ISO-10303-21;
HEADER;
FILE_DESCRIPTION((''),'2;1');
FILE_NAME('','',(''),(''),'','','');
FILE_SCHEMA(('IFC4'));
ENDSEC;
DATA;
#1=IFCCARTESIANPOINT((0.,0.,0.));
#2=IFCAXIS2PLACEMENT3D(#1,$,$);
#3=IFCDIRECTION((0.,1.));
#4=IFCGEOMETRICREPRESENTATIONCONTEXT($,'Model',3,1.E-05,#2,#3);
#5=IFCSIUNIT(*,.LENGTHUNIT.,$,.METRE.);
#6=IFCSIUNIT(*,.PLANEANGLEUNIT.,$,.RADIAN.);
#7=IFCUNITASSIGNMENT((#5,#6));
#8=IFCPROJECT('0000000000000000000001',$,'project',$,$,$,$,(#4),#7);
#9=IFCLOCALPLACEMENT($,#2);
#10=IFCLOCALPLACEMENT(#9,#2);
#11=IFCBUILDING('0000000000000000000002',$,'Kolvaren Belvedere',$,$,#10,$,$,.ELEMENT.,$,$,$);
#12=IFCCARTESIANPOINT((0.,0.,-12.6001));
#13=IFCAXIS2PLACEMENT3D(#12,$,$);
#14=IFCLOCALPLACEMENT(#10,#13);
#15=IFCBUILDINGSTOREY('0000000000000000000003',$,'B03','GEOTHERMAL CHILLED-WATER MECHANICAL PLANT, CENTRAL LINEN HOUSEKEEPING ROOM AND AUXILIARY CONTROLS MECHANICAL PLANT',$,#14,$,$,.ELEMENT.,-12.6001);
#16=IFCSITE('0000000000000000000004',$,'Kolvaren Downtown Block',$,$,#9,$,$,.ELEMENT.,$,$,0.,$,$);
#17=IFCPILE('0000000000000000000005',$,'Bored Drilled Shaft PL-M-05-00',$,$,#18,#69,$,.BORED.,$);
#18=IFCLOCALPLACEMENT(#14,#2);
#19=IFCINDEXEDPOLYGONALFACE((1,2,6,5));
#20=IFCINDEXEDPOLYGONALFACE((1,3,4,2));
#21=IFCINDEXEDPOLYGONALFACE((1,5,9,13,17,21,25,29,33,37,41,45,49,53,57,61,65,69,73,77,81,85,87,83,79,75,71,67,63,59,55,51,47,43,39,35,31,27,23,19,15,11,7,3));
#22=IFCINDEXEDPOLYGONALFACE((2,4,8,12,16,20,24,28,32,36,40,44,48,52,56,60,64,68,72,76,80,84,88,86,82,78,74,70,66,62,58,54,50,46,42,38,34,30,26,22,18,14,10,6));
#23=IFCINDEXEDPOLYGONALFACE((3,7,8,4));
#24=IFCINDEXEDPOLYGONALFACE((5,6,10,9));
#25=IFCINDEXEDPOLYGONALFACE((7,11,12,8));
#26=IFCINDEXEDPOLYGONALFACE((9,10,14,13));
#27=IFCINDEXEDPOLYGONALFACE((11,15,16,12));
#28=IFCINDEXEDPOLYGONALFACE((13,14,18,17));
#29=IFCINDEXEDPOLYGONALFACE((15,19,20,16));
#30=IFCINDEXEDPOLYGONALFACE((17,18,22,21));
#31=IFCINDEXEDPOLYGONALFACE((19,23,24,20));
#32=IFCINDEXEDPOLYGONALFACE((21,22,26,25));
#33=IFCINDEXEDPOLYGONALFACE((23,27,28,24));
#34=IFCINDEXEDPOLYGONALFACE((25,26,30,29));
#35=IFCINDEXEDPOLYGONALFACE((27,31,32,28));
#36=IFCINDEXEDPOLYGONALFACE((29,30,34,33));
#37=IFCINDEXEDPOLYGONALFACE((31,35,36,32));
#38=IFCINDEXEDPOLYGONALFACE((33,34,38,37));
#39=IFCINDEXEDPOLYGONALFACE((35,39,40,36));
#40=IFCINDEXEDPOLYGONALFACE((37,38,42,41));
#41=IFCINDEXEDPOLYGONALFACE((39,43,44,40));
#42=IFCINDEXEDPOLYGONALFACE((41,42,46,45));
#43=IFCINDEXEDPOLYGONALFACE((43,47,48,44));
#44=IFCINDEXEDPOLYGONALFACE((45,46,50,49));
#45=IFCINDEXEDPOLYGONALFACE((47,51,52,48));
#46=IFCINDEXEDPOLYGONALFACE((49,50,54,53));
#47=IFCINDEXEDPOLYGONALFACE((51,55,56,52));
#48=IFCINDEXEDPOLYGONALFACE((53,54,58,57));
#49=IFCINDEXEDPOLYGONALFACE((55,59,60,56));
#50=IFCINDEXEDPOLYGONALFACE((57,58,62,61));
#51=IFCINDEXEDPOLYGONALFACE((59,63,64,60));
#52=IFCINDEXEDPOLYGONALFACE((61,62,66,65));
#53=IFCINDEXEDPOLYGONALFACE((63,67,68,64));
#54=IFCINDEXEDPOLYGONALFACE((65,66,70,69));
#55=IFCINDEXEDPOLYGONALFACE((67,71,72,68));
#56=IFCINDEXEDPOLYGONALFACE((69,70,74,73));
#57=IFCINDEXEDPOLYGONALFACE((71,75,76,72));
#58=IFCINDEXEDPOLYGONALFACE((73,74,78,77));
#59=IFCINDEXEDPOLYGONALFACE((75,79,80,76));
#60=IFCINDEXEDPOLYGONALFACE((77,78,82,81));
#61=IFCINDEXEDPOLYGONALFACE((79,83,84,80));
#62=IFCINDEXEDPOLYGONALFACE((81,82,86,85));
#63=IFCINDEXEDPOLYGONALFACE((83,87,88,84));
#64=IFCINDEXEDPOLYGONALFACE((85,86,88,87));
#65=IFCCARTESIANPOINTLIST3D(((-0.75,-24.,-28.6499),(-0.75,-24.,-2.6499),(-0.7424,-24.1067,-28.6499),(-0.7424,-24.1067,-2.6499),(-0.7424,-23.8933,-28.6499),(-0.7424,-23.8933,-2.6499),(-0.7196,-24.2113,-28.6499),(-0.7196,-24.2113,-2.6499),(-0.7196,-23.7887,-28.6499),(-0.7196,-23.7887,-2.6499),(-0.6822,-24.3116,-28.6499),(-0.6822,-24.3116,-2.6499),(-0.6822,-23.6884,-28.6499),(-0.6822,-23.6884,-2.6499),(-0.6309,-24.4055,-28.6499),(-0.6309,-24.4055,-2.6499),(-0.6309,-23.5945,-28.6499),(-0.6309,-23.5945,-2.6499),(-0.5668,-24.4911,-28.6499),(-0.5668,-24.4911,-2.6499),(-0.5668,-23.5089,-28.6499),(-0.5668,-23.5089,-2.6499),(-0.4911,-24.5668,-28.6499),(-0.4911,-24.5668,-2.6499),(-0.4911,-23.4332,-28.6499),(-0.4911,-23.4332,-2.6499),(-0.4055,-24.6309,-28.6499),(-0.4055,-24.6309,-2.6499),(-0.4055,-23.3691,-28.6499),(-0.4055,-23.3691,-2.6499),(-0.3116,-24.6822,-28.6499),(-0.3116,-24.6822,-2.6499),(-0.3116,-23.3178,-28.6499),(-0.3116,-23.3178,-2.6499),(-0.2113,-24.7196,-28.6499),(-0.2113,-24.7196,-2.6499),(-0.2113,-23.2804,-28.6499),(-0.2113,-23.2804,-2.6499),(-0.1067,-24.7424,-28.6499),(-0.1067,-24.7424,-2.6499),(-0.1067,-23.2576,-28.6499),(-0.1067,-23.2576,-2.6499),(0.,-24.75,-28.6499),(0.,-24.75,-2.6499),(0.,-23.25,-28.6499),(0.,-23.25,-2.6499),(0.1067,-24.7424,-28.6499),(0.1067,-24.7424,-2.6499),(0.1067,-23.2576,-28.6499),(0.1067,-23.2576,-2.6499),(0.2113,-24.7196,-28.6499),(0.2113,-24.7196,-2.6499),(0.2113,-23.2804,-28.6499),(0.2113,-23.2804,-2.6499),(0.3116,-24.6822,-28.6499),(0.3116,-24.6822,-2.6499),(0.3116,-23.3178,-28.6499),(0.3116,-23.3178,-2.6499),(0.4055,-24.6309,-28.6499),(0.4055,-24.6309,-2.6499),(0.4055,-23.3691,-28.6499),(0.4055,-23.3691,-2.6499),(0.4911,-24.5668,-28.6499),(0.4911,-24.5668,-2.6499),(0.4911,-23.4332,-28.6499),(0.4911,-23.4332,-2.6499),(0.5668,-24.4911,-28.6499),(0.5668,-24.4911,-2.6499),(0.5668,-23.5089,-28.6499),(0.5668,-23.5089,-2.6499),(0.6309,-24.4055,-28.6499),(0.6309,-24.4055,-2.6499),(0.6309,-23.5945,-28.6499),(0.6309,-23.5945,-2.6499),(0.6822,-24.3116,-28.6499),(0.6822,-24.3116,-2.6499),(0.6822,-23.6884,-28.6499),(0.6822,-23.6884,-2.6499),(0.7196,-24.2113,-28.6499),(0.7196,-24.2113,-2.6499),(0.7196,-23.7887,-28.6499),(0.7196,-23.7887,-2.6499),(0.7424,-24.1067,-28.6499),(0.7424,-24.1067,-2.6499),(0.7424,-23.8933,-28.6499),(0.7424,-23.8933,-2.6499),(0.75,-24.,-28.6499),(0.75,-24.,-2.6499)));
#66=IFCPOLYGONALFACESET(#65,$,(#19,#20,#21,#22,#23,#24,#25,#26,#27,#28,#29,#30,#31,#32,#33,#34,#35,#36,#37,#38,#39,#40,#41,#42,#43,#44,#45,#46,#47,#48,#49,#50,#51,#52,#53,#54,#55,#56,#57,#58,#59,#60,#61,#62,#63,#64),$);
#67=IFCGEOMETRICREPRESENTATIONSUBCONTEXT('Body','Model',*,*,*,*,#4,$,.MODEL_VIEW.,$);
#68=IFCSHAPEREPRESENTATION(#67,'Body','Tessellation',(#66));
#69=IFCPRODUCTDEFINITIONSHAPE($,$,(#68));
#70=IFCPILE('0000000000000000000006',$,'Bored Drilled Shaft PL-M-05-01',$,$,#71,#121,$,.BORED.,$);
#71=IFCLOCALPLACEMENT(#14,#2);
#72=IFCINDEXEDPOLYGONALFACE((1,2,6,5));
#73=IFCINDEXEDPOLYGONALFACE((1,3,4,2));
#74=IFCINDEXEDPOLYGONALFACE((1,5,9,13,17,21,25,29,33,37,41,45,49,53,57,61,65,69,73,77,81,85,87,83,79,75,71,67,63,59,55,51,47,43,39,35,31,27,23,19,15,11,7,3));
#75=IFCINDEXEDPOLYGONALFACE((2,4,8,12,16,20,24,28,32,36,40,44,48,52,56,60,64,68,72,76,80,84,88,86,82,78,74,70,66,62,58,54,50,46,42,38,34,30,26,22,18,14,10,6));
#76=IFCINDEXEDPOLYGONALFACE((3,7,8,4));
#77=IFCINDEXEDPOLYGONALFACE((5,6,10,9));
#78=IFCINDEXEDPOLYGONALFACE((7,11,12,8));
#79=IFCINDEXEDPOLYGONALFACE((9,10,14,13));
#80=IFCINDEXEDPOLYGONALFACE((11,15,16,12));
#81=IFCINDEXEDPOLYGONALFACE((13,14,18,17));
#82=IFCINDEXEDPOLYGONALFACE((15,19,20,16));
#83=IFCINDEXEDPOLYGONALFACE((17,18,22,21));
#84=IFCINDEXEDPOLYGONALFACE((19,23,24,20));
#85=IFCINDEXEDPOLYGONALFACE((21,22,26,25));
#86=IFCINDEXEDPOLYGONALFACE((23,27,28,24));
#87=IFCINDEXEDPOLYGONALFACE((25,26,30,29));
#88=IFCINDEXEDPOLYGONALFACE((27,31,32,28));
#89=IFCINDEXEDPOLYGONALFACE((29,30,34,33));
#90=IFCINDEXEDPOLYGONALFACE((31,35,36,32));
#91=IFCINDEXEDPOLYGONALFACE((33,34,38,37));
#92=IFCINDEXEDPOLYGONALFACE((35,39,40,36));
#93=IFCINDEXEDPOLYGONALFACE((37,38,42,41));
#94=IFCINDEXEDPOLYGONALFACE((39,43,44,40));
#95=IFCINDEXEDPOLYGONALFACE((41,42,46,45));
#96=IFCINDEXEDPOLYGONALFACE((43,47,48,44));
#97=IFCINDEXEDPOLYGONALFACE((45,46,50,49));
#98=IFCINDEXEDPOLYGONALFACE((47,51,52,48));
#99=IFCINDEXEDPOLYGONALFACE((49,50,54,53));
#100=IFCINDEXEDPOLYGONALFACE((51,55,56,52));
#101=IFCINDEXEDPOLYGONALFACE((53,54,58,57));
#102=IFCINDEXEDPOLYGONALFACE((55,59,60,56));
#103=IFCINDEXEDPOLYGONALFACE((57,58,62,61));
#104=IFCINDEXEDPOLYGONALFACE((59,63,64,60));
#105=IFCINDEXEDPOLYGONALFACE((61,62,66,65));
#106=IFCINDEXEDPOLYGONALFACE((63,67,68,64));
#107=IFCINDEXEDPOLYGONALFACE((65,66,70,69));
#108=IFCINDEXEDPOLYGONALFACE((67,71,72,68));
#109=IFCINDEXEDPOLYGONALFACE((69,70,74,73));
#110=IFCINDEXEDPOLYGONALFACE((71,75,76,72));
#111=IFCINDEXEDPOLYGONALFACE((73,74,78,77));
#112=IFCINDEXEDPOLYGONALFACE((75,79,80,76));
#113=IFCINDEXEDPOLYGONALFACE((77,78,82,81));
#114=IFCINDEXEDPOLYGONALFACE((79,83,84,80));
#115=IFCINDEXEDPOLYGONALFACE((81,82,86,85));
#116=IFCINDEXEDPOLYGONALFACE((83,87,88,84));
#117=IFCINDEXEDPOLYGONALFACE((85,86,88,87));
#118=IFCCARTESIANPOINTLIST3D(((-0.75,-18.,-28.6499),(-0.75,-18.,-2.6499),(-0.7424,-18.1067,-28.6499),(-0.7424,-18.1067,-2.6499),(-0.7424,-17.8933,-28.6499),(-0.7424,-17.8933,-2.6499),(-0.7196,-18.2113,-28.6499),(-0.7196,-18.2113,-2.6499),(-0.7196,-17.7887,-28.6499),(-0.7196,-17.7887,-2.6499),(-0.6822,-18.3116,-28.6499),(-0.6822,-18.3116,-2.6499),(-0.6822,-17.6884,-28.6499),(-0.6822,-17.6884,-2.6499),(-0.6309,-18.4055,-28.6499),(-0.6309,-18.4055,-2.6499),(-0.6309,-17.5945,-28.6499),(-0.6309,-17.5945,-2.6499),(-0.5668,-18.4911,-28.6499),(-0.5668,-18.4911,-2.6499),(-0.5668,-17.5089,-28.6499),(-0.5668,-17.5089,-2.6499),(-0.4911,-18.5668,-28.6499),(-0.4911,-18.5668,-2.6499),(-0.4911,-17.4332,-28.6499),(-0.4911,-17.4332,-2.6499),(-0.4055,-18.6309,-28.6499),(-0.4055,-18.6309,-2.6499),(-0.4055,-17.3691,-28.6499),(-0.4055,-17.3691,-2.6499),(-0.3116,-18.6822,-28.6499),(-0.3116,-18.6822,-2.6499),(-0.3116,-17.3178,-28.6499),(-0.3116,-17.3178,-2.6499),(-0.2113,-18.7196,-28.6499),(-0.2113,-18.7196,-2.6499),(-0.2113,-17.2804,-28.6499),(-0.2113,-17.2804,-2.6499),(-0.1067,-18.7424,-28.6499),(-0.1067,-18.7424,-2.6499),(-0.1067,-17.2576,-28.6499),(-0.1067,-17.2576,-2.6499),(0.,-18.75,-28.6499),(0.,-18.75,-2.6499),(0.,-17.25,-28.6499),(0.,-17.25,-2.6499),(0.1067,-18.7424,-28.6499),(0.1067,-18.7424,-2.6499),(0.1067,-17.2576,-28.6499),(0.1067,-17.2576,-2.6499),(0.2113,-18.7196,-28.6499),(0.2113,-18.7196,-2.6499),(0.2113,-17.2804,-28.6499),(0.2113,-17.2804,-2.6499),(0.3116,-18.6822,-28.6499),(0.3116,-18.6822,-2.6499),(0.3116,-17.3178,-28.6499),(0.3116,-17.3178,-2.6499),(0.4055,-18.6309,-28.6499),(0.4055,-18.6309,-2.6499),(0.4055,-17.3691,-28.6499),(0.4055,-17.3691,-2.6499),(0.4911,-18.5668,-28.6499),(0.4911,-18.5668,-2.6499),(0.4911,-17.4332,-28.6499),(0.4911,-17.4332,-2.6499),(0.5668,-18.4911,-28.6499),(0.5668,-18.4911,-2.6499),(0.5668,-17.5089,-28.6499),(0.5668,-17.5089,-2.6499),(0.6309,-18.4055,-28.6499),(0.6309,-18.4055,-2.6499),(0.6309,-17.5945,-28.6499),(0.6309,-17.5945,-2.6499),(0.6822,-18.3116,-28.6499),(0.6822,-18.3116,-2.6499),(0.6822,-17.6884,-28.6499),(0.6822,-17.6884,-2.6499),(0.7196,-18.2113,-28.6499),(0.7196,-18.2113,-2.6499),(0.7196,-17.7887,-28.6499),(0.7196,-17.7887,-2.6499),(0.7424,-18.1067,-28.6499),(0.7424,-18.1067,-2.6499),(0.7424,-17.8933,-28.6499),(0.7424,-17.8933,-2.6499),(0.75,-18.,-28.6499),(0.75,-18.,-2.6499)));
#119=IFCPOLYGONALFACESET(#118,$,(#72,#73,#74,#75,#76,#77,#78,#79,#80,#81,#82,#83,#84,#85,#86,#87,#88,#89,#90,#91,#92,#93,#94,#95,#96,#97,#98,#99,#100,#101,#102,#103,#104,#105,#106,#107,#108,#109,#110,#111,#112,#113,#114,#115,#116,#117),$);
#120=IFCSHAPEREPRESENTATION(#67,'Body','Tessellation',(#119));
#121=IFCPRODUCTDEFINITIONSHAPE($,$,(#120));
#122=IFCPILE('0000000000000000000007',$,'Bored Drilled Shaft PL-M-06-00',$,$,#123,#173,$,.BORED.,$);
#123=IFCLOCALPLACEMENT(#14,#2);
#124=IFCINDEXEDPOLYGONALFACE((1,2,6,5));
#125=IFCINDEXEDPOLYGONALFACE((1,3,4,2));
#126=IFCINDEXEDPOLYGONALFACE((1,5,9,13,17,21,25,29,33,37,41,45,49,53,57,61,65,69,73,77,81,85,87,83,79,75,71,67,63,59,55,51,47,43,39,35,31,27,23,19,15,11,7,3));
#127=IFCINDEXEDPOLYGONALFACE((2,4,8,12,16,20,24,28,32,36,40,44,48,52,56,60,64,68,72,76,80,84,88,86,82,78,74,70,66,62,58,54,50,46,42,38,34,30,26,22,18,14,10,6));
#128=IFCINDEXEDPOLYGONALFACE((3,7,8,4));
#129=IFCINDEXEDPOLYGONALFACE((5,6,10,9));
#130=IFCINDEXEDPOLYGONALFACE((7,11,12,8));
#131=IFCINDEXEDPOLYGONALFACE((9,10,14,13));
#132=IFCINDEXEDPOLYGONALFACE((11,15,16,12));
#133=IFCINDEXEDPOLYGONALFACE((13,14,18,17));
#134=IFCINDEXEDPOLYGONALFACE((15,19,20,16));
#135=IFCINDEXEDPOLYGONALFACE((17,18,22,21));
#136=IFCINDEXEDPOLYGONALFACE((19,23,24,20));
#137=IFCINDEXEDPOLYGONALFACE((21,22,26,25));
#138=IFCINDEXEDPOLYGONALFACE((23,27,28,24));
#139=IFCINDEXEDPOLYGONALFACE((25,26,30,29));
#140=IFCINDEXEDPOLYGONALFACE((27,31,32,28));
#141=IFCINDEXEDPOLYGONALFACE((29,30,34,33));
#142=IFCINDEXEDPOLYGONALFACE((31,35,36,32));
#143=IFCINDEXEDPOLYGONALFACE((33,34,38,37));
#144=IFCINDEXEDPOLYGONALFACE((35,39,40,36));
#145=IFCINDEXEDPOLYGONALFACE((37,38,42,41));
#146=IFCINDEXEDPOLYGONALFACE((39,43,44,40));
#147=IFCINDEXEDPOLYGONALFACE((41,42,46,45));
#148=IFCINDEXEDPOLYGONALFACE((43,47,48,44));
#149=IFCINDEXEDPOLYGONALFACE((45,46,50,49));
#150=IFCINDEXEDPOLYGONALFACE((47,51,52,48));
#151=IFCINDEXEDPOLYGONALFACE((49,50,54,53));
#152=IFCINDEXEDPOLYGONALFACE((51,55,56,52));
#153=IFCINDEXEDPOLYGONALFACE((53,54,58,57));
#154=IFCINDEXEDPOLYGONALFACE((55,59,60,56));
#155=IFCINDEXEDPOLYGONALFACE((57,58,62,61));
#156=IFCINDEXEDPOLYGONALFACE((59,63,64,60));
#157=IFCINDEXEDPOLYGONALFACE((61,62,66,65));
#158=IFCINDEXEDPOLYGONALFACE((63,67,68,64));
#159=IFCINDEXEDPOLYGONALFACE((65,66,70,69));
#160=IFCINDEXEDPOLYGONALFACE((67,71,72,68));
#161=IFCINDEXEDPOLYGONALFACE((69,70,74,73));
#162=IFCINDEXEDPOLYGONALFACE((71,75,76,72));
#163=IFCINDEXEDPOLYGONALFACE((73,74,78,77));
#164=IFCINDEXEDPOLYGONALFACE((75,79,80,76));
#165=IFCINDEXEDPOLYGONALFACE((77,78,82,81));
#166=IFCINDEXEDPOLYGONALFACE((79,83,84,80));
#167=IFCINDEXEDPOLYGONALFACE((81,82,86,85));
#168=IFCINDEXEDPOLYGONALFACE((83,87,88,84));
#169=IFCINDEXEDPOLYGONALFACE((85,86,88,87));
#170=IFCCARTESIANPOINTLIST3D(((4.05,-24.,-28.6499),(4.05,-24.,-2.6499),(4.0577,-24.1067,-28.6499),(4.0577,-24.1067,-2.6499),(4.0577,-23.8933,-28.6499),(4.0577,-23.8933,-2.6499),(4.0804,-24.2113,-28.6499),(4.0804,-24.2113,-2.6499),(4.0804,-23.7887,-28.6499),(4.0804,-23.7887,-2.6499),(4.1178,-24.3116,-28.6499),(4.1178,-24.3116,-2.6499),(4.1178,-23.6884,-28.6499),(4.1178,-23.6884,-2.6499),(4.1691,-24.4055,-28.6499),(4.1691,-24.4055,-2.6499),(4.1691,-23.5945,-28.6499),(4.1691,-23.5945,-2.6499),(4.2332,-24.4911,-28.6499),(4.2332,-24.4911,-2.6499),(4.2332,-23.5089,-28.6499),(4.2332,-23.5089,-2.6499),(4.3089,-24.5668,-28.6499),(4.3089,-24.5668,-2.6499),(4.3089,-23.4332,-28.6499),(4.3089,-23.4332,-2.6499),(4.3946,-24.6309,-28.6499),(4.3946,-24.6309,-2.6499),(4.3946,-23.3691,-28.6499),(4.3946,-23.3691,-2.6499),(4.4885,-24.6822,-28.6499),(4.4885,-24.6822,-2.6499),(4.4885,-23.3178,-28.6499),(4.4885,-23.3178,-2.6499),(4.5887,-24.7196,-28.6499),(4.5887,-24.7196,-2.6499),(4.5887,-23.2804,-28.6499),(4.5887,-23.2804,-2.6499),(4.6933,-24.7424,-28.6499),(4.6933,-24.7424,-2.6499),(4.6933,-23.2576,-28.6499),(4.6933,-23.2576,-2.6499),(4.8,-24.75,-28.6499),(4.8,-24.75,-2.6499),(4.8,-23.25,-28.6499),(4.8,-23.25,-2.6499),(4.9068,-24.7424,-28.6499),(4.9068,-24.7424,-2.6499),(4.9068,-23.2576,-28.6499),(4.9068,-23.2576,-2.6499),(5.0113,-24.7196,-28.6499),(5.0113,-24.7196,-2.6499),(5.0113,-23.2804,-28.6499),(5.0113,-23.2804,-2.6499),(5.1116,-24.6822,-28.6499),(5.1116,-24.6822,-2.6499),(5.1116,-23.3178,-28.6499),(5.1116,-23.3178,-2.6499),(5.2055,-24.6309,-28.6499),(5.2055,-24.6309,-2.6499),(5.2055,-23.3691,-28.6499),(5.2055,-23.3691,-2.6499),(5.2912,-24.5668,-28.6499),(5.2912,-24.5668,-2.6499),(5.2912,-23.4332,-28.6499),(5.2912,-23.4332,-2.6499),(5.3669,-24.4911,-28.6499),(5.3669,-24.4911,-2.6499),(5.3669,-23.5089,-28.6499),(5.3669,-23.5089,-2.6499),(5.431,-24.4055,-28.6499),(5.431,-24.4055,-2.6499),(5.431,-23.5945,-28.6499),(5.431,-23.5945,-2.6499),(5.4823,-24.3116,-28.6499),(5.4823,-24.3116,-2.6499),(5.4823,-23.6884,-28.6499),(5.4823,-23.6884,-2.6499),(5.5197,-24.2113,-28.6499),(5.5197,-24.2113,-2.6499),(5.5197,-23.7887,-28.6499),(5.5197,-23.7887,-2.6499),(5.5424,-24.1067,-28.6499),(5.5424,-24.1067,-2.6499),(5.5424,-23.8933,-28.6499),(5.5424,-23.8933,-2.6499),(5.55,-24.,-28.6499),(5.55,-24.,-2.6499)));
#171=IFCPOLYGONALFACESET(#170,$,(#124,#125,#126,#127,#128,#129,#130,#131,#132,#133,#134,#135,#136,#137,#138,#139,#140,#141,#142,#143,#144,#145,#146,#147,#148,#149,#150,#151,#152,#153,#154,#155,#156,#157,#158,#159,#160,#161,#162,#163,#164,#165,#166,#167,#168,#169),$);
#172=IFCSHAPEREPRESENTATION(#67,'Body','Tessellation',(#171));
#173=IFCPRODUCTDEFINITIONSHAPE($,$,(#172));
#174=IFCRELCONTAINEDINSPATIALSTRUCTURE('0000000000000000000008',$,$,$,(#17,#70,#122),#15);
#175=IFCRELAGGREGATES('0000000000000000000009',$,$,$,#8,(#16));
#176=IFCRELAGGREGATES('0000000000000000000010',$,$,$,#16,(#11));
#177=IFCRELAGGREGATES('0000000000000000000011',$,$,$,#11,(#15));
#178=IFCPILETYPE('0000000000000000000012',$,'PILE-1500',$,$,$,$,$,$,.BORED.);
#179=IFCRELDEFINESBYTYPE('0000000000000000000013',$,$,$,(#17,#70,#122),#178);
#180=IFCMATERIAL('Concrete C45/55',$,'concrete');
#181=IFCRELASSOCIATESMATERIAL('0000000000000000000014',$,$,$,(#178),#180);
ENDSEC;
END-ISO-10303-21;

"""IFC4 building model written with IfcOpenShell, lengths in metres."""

from ifc_helpers import new_model, si_unit, direction, frame, origin, origin_2d, place, context, subcontext, project, spatial, circle, extrude, material, material_profile, profile_set, type_object, element, save


model = new_model("IFC4")

# Units and contexts
model_context = context("Model", 3, precision=1e-05, world=origin(), true_north=direction((0.0, 1.0)))
body_context = subcontext(model_context, "Body", "Model", "MODEL_VIEW")
ifc_project = project(units=[si_unit("LENGTHUNIT", "METRE"), si_unit("PLANEANGLEUNIT", "RADIAN")], contexts=[model_context])

# Site, building, storey
site_placement = place(None, origin())
site = spatial("IfcSite", under=ifc_project, at=site_placement, Name="Kolvaren Downtown Block", CompositionType="ELEMENT", RefElevation=0.0)
building_placement = place(site_placement, origin())
building = spatial("IfcBuilding", under=site, at=building_placement, Name="Kolvaren Belvedere", CompositionType="ELEMENT")
storey_placement = place(building_placement, frame((0.0, 0.0, -12.6001)))
storey = spatial("IfcBuildingStorey", under=building, at=storey_placement, Name="B03", Description="GEOTHERMAL CHILLED-WATER MECHANICAL PLANT, CENTRAL LINEN HOUSEKEEPING ROOM AND AUXILIARY CONTROLS MECHANICAL PLANT", CompositionType="ELEMENT", Elevation=-12.6001)

# Piles
ifc_material_1 = material(Name="Concrete C45/55", Category="concrete")
ifc_material_profile_1 = material_profile(ifc_material_1, circle(Radius=0.75, at=origin_2d()), Name="BORED PILE D1500")
ifc_profile_set_1 = profile_set([ifc_material_profile_1], Name="Concrete C45/55")
pile_type_1 = type_object("IfcPileType", Name="PILE-1500", PredefinedType="BORED", material=ifc_profile_set_1)
for number, where, z_axis, x_axis, name in (
    (1, (0.0, -24.0, -2.6499), (0.0, 0.0, -1.0), (1.0, 0.0, 0.0), "Bored Drilled Shaft PL-M-05-00"),
    (2, (0.0, -18.0, -2.6499), (0.0, 0.0, -1.0), (1.0, 0.0, 0.0), "Bored Drilled Shaft PL-M-05-01"),
    (3, (4.8, -24.0, -2.6499), (0.0, 0.0, -1.0), (1.0, 0.0, 0.0), "Bored Drilled Shaft PL-M-06-00"),
):
    element("IfcPile", number, at=place(storey_placement, frame(where, z_axis=z_axis, x_axis=x_axis)), inside=storey, type_object=pile_type_1, Name=name, PredefinedType="BORED", context=body_context, shape_type="SweptSolid", body=[
        extrude(circle(Radius=0.75, at=origin_2d()), origin(), (0.0, 0.0, 1.0), 26.0),
    ])

save(model, "model.ifc")
